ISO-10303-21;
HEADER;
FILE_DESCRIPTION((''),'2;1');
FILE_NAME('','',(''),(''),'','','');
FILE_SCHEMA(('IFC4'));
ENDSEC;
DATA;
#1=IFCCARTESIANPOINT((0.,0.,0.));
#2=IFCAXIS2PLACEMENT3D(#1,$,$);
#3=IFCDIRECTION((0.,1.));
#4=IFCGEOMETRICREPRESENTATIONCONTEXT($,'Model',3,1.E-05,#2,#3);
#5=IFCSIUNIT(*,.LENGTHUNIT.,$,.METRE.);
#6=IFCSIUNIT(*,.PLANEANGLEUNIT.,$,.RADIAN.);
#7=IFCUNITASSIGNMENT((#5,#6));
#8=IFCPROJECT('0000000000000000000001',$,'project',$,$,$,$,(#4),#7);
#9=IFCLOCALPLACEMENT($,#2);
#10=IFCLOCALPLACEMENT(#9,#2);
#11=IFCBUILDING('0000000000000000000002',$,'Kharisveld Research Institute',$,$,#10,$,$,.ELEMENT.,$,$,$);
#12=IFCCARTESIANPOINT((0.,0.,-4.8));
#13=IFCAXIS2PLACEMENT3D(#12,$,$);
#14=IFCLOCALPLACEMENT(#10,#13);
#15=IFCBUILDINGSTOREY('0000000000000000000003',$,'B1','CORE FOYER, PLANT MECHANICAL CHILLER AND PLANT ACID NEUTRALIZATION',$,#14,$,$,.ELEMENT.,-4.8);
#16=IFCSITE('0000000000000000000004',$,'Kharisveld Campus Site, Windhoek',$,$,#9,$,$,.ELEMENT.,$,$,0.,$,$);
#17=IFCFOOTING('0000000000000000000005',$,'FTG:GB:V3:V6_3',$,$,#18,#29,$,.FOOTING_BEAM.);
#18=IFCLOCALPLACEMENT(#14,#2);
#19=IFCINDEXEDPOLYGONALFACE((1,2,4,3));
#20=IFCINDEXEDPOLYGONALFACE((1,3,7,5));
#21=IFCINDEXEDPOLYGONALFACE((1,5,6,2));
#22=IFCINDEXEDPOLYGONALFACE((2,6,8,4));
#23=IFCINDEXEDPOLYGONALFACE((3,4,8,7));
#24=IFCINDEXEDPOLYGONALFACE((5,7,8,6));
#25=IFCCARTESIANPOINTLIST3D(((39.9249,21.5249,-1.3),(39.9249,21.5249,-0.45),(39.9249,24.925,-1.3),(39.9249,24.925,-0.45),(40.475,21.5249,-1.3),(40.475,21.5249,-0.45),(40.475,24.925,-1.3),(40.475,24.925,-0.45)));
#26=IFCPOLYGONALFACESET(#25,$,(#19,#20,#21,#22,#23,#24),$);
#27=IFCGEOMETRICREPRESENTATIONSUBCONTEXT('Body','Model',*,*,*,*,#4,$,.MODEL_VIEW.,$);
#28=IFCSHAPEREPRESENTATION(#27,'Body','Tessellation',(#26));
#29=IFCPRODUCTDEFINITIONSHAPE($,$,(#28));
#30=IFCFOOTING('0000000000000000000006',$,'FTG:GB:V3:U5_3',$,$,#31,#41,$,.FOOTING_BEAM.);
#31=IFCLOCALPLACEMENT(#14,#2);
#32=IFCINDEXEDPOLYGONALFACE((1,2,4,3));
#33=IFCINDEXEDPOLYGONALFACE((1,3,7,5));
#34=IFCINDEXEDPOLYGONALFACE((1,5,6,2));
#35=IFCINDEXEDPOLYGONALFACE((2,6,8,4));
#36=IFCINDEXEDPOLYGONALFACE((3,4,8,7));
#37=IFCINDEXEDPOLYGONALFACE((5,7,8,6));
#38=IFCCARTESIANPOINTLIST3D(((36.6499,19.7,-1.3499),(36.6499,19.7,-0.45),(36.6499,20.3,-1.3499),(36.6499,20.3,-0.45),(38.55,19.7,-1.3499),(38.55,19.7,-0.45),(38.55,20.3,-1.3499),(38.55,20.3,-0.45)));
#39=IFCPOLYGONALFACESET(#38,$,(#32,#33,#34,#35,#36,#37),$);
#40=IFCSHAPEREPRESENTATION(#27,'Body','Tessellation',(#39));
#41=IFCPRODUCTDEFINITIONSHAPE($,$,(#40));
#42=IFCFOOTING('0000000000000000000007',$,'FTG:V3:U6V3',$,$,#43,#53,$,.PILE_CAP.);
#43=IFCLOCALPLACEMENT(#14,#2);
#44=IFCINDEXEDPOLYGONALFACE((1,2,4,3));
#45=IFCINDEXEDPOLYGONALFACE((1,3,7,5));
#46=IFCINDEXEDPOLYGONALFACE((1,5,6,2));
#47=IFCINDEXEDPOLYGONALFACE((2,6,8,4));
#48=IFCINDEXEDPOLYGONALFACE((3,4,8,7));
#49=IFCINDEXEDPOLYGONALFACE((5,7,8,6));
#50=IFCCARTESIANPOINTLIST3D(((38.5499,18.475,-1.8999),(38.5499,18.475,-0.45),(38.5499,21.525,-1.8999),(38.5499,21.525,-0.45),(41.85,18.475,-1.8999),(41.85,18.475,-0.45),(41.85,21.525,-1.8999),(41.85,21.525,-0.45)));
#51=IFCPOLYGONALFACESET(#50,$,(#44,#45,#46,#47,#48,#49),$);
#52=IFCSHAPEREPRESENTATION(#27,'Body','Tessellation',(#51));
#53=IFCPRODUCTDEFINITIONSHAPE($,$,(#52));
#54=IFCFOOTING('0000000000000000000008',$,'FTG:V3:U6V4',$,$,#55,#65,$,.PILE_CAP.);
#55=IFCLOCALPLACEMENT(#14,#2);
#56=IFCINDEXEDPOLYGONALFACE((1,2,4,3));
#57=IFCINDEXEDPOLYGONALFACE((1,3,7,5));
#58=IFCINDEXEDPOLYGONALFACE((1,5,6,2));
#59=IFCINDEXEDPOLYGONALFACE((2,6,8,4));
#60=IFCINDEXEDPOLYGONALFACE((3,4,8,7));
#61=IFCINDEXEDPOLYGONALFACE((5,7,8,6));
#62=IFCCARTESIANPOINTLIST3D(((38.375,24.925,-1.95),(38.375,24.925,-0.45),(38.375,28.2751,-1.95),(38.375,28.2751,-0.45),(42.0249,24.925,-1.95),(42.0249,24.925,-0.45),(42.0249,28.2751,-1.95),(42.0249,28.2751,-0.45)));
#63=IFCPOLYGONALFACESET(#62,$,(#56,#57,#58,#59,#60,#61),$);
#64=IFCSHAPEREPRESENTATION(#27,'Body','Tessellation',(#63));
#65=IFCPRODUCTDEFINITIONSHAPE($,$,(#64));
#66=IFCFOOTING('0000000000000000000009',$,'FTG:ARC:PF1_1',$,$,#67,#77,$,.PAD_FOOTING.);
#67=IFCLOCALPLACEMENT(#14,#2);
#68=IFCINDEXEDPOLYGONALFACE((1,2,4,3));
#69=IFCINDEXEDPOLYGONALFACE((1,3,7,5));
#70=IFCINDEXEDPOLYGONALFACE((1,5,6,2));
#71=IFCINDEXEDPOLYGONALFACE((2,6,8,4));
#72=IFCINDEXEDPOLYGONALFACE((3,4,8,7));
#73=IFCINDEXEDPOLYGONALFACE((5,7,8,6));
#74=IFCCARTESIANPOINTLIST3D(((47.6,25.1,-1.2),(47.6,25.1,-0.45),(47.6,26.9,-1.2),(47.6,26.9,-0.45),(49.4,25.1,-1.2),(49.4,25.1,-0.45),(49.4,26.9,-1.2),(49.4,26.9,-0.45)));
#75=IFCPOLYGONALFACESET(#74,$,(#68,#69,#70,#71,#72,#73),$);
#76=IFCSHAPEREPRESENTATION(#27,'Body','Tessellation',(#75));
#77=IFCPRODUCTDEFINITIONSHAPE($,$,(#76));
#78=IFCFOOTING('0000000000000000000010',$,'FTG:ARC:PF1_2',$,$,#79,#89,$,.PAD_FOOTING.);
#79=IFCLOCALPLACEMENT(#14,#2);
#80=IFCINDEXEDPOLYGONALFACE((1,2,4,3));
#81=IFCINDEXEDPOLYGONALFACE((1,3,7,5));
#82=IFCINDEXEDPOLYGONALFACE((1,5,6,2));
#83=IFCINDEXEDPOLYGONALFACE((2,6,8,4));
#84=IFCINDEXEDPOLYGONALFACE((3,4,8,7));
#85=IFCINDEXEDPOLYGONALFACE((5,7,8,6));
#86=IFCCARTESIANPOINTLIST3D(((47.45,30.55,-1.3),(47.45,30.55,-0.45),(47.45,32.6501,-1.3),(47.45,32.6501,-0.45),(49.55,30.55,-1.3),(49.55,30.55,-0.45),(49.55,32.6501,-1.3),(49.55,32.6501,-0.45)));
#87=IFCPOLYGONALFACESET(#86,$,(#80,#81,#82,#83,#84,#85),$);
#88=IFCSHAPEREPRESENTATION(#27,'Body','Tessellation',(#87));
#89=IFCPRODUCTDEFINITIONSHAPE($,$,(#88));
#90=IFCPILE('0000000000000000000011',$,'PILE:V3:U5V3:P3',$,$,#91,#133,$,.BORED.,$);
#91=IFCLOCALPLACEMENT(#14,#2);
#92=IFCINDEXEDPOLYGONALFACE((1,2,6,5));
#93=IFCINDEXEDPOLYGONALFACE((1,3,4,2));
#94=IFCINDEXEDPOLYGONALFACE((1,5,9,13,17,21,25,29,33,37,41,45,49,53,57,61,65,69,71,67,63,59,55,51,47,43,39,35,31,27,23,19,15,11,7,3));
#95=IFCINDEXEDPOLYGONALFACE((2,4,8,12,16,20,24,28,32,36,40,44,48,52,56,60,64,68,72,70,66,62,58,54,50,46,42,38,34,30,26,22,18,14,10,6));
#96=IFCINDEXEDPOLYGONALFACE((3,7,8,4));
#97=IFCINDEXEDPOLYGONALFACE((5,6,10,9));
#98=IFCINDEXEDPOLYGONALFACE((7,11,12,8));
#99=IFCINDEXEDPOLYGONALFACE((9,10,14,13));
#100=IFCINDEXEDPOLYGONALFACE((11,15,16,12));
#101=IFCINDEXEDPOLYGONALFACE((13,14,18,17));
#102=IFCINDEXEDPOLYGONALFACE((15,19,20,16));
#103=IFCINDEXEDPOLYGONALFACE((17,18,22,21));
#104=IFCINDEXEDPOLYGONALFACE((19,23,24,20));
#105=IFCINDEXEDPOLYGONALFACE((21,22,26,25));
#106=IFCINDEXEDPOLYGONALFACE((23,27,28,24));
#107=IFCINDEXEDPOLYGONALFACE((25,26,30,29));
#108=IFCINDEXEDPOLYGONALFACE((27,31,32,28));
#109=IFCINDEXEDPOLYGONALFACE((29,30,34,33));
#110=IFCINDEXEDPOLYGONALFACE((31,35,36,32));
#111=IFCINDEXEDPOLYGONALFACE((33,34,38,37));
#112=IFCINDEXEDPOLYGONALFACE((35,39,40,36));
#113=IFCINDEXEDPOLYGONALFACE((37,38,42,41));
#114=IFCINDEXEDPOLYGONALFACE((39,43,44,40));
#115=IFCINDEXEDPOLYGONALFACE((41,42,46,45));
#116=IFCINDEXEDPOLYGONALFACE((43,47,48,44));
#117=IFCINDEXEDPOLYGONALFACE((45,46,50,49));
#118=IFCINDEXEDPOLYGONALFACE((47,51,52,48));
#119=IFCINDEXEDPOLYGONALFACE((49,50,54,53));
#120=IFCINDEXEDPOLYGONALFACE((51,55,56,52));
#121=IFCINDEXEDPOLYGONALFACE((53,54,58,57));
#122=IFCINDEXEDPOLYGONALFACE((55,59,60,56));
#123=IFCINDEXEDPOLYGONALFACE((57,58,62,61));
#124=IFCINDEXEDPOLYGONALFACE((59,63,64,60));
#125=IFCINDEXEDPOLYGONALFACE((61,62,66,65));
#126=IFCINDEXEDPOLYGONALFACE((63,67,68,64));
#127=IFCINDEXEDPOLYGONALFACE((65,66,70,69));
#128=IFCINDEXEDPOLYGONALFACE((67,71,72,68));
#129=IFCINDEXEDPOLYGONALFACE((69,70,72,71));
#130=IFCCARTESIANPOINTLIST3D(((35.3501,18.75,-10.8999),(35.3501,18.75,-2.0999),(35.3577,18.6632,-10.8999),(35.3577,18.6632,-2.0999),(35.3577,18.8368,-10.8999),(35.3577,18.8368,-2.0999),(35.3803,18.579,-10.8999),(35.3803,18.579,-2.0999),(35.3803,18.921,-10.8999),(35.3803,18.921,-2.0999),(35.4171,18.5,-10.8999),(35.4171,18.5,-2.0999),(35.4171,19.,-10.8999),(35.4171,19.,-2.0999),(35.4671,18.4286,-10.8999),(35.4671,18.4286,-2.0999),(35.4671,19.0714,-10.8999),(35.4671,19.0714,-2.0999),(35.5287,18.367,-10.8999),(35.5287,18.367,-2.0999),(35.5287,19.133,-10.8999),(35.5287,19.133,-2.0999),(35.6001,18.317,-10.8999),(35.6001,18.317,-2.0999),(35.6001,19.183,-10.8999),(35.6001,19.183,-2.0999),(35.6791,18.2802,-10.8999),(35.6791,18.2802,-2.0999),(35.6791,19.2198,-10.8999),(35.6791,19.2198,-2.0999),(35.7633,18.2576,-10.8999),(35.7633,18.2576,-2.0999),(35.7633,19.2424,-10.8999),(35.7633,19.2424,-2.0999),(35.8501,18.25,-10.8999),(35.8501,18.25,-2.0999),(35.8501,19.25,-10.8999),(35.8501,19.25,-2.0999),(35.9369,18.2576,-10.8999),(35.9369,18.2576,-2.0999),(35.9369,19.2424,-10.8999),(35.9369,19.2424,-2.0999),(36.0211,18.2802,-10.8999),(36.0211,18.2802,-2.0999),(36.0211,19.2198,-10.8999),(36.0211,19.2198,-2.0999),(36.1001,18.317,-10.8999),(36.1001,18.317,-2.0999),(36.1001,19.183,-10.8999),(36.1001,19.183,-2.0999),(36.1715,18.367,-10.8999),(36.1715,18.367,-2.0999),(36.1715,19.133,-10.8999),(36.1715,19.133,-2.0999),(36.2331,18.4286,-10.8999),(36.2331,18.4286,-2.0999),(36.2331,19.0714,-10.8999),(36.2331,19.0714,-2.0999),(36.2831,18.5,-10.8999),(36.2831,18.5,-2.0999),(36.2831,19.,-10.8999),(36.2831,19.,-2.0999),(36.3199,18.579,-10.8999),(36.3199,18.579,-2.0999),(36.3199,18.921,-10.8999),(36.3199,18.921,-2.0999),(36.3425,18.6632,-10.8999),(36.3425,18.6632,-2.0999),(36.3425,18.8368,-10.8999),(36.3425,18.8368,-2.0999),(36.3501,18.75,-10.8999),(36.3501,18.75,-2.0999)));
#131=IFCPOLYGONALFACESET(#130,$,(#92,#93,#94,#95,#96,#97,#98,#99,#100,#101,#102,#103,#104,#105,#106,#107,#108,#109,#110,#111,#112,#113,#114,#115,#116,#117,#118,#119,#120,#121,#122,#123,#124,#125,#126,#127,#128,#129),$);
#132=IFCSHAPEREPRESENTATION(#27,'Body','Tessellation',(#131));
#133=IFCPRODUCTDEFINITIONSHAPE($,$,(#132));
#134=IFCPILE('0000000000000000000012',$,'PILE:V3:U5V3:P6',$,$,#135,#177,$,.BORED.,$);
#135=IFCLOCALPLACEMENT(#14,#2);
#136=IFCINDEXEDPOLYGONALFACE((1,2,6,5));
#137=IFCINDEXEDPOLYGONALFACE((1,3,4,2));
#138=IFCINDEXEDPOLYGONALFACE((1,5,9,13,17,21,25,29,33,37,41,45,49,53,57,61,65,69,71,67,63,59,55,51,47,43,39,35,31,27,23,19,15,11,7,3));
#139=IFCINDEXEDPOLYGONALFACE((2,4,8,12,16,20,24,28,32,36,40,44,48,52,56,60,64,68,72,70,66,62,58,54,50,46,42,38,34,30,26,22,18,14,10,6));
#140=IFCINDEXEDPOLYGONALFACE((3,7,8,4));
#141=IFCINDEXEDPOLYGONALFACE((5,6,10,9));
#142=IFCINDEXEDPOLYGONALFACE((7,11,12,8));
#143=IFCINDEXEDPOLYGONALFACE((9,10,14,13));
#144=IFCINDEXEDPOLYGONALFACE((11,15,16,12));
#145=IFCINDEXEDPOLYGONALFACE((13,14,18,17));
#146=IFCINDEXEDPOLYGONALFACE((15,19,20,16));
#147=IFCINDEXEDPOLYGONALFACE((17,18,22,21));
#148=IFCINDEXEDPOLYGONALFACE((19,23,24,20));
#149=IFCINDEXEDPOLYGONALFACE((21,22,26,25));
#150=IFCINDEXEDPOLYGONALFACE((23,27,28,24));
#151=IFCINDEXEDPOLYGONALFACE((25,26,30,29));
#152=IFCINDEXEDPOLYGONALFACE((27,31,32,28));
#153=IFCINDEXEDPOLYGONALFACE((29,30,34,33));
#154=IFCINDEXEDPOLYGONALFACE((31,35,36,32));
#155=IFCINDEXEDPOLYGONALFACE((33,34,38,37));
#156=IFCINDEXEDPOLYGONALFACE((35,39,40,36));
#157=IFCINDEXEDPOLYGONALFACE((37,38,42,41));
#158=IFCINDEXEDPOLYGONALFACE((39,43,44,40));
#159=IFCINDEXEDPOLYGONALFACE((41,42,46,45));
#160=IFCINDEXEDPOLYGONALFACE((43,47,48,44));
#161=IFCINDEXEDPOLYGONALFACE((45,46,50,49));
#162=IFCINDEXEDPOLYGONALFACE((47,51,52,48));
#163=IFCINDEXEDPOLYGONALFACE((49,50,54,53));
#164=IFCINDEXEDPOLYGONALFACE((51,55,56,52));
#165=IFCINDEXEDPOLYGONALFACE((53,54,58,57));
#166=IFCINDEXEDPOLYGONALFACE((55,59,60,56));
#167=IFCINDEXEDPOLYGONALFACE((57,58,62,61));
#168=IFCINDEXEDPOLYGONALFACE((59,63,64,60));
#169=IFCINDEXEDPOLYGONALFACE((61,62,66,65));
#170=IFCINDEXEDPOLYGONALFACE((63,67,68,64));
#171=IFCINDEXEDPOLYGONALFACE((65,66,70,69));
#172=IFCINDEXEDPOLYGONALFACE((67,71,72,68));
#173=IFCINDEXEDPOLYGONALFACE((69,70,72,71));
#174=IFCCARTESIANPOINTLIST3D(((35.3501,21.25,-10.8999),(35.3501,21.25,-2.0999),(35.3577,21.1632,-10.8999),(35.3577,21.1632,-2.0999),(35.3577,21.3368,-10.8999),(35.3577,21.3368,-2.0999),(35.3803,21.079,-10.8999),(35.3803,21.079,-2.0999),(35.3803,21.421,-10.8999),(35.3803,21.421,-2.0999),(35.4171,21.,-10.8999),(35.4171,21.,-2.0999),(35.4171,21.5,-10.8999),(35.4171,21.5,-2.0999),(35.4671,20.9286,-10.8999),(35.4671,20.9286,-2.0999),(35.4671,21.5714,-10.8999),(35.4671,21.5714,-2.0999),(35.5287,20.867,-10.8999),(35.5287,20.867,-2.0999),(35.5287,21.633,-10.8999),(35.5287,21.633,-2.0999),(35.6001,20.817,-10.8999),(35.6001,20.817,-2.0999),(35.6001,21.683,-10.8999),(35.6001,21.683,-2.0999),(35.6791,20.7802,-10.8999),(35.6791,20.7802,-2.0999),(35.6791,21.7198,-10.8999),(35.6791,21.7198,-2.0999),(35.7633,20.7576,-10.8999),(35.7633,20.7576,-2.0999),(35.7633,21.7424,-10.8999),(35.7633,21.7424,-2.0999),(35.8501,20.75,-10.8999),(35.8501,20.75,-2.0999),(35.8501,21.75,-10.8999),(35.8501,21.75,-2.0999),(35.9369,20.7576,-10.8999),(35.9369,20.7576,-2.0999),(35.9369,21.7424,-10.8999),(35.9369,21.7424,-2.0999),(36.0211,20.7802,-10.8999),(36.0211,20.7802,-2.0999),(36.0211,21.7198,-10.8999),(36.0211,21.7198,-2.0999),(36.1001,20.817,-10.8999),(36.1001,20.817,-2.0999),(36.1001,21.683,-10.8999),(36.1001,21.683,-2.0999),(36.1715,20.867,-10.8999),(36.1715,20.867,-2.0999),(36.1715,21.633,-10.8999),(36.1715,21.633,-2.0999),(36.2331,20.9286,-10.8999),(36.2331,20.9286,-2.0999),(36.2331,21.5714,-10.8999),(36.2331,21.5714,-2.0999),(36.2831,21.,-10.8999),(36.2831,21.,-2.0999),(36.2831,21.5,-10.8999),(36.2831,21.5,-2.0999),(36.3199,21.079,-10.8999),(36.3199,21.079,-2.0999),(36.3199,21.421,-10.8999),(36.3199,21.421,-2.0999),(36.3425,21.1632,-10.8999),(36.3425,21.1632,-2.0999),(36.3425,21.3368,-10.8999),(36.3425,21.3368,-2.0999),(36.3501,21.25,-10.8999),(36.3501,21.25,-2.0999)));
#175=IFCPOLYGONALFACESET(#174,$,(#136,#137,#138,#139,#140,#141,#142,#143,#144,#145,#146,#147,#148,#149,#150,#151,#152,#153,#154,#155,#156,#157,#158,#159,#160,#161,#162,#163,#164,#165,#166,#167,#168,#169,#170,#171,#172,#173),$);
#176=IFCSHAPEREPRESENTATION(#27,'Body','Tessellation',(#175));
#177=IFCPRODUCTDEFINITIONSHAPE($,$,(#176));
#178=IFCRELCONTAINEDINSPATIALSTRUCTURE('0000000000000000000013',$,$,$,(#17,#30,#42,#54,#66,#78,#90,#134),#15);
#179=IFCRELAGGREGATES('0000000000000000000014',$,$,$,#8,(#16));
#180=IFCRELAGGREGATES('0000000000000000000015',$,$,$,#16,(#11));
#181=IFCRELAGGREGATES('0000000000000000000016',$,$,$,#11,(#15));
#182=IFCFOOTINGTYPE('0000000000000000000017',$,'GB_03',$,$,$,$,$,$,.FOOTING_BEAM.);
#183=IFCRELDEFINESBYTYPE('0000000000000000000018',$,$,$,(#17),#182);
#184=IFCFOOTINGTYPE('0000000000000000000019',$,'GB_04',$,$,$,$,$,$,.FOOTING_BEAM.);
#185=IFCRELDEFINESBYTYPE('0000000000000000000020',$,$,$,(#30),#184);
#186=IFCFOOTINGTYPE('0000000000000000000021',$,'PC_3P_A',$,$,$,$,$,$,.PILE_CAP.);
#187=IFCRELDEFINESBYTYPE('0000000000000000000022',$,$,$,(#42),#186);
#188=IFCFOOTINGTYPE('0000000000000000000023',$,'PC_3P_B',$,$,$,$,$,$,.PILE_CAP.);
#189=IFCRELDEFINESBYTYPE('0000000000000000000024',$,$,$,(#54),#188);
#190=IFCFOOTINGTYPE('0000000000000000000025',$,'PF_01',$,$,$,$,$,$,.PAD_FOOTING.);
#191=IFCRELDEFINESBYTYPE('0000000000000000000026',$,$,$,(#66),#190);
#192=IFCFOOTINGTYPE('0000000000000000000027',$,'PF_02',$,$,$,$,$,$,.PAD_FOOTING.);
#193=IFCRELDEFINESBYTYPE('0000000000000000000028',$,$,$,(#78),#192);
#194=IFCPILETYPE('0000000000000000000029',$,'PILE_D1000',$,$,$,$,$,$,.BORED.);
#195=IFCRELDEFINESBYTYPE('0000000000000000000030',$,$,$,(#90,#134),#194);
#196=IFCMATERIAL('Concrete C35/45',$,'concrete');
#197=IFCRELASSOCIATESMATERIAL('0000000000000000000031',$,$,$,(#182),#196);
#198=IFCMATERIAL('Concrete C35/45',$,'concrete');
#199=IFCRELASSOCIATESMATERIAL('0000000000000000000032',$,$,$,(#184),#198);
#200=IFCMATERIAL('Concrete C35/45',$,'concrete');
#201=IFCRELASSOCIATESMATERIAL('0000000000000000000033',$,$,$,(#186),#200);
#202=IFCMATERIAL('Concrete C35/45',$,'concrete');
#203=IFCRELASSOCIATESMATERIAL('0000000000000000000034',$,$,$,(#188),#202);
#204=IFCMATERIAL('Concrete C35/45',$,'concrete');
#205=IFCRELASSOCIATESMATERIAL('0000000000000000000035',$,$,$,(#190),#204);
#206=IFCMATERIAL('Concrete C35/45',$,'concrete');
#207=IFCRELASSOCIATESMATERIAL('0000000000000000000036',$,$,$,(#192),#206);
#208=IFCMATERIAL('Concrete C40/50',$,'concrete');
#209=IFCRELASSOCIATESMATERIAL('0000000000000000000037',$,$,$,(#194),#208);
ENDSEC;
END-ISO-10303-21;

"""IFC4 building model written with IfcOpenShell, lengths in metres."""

from ifc_helpers import new_model, si_unit, direction, frame, origin, origin_2d, place, context, subcontext, project, spatial, rectangle, circle, extrude, material, material_profile, profile_set, type_object, element, save


model = new_model("IFC4")

# Units and contexts
model_context = context("Model", 3, precision=1e-05, world=origin(), true_north=direction((0.0, 1.0)))
body_context = subcontext(model_context, "Body", "Model", "MODEL_VIEW")
ifc_project = project(units=[si_unit("LENGTHUNIT", "METRE"), si_unit("PLANEANGLEUNIT", "RADIAN")], contexts=[model_context])

# Site, building, storey
site_placement = place(None, origin())
site = spatial("IfcSite", under=ifc_project, at=site_placement, Name="Kharisveld Campus Site, Windhoek", CompositionType="ELEMENT", RefElevation=0.0)
building_placement = place(site_placement, origin())
building = spatial("IfcBuilding", under=site, at=building_placement, Name="Kharisveld Research Institute", CompositionType="ELEMENT")
storey_placement = place(building_placement, frame((0.0, 0.0, -4.8)))
storey = spatial("IfcBuildingStorey", under=building, at=storey_placement, Name="B1", Description="CORE FOYER, PLANT MECHANICAL CHILLER AND PLANT ACID NEUTRALIZATION", CompositionType="ELEMENT", Elevation=-4.8)

# Footings
ifc_material_1 = material(Name="Concrete C35/45", Category="concrete")
ifc_material_profile_1 = material_profile(ifc_material_1, rectangle(XDim=0.55, YDim=0.8501, at=origin_2d()))
ifc_profile_set_1 = profile_set([ifc_material_profile_1], Name="Concrete C35/45")
footing_type_1 = type_object("IfcFootingType", Name="GB_03", PredefinedType="FOOTING_BEAM", material=ifc_profile_set_1)
footing_1_placement = place(storey_placement, frame((40.2, 21.5249, -0.875), z_axis=(0.0, 1.0, 0.0), x_axis=(-1.0, 0.0, 0.0)))
element("IfcFooting", 1, at=footing_1_placement, inside=storey, type_object=footing_type_1, Name="FTG:GB:V3:V6_3", PredefinedType="FOOTING_BEAM", context=body_context, shape_type="SweptSolid", body=[
    extrude(rectangle(XDim=0.55, YDim=0.8501, at=origin_2d()), origin(), (0.0, 0.0, 1.0), 3.4001),
])
ifc_material_2 = material(Name="Concrete C35/45", Category="concrete")
ifc_material_profile_2 = material_profile(ifc_material_2, rectangle(XDim=0.6001, YDim=0.8999, at=origin_2d()))
ifc_profile_set_2 = profile_set([ifc_material_profile_2], Name="Concrete C35/45")
footing_type_2 = type_object("IfcFootingType", Name="GB_04", PredefinedType="FOOTING_BEAM", material=ifc_profile_set_2)
footing_2_placement = place(storey_placement, frame((36.6499, 20.0, -0.8999), z_axis=(1.0, 0.0, 0.0), x_axis=(0.0, 1.0, 0.0)))
element("IfcFooting", 2, at=footing_2_placement, inside=storey, type_object=footing_type_2, Name="FTG:GB:V3:U5_3", PredefinedType="FOOTING_BEAM", context=body_context, shape_type="SweptSolid", body=[
    extrude(rectangle(XDim=0.6001, YDim=0.8999, at=origin_2d()), origin(), (0.0, 0.0, 1.0), 1.9001),
])
ifc_material_3 = material(Name="Concrete C35/45", Category="concrete")
footing_type_3 = type_object("IfcFootingType", Name="PC_3P_A", PredefinedType="PILE_CAP", material=ifc_material_3)
footing_3_placement = place(storey_placement, frame((40.2, 20.0, -1.8999), z_axis=(0.0, 0.0, 1.0), x_axis=(1.0, 0.0, 0.0)))
element("IfcFooting", 3, at=footing_3_placement, inside=storey, type_object=footing_type_3, Name="FTG:V3:U6V3", PredefinedType="PILE_CAP", context=body_context, shape_type="SweptSolid", body=[
    extrude(rectangle(XDim=3.3, YDim=3.05, at=origin_2d()), origin(), (0.0, 0.0, 1.0), 1.45),
])
ifc_material_4 = material(Name="Concrete C35/45", Category="concrete")
footing_type_4 = type_object("IfcFootingType", Name="PC_3P_B", PredefinedType="PILE_CAP", material=ifc_material_4)
footing_4_placement = place(storey_placement, frame((40.2, 26.6001, -1.95), z_axis=(0.0, 0.0, 1.0), x_axis=(1.0, 0.0, 0.0)))
element("IfcFooting", 4, at=footing_4_placement, inside=storey, type_object=footing_type_4, Name="FTG:V3:U6V4", PredefinedType="PILE_CAP", context=body_context, shape_type="SweptSolid", body=[
    extrude(rectangle(XDim=3.6499, YDim=3.3501, at=origin_2d()), origin(), (0.0, 0.0, 1.0), 1.5),
])
ifc_material_5 = material(Name="Concrete C35/45", Category="concrete")
footing_type_5 = type_object("IfcFootingType", Name="PF_01", PredefinedType="PAD_FOOTING", material=ifc_material_5)
footing_5_placement = place(storey_placement, frame((48.5, 26.0, -1.2), z_axis=(0.0, 0.0, 1.0), x_axis=(1.0, 0.0, 0.0)))
element("IfcFooting", 5, at=footing_5_placement, inside=storey, type_object=footing_type_5, Name="FTG:ARC:PF1_1", PredefinedType="PAD_FOOTING", context=body_context, shape_type="SweptSolid", body=[
    extrude(rectangle(XDim=1.8, YDim=1.8, at=origin_2d()), origin(), (0.0, 0.0, 1.0), 0.75),
])
ifc_material_6 = material(Name="Concrete C35/45", Category="concrete")
footing_type_6 = type_object("IfcFootingType", Name="PF_02", PredefinedType="PAD_FOOTING", material=ifc_material_6)
footing_6_placement = place(storey_placement, frame((48.5, 31.6001, -1.3), z_axis=(0.0, 0.0, 1.0), x_axis=(1.0, 0.0, 0.0)))
element("IfcFooting", 6, at=footing_6_placement, inside=storey, type_object=footing_type_6, Name="FTG:ARC:PF1_2", PredefinedType="PAD_FOOTING", context=body_context, shape_type="SweptSolid", body=[
    extrude(rectangle(XDim=2.1001, YDim=2.1001, at=origin_2d()), origin(), (0.0, 0.0, 1.0), 0.8501),
])

# Piles
ifc_material_7 = material(Name="Concrete C40/50", Category="concrete")
ifc_material_profile_3 = material_profile(ifc_material_7, circle(Radius=0.5, at=origin_2d()))
ifc_profile_set_3 = profile_set([ifc_material_profile_3], Name="Concrete C40/50")
pile_type_1 = type_object("IfcPileType", Name="PILE_D1000", PredefinedType="BORED", material=ifc_profile_set_3)
for number, where, z_axis, x_axis, name in (
    (7, (35.8501, 18.75, -2.0999), (0.0, 0.0, -1.0), (1.0, 0.0, 0.0), "PILE:V3:U5V3:P3"),
    (8, (35.8501, 21.25, -2.0999), (0.0, 0.0, -1.0), (1.0, 0.0, 0.0), "PILE:V3:U5V3:P6"),
):
    element("IfcPile", number, at=place(storey_placement, frame(where, z_axis=z_axis, x_axis=x_axis)), inside=storey, type_object=pile_type_1, Name=name, PredefinedType="BORED", context=body_context, shape_type="SweptSolid", body=[
        extrude(circle(Radius=0.5, at=origin_2d()), origin(), (0.0, 0.0, 1.0), 8.8),
    ])

save(model, "model.ifc")
